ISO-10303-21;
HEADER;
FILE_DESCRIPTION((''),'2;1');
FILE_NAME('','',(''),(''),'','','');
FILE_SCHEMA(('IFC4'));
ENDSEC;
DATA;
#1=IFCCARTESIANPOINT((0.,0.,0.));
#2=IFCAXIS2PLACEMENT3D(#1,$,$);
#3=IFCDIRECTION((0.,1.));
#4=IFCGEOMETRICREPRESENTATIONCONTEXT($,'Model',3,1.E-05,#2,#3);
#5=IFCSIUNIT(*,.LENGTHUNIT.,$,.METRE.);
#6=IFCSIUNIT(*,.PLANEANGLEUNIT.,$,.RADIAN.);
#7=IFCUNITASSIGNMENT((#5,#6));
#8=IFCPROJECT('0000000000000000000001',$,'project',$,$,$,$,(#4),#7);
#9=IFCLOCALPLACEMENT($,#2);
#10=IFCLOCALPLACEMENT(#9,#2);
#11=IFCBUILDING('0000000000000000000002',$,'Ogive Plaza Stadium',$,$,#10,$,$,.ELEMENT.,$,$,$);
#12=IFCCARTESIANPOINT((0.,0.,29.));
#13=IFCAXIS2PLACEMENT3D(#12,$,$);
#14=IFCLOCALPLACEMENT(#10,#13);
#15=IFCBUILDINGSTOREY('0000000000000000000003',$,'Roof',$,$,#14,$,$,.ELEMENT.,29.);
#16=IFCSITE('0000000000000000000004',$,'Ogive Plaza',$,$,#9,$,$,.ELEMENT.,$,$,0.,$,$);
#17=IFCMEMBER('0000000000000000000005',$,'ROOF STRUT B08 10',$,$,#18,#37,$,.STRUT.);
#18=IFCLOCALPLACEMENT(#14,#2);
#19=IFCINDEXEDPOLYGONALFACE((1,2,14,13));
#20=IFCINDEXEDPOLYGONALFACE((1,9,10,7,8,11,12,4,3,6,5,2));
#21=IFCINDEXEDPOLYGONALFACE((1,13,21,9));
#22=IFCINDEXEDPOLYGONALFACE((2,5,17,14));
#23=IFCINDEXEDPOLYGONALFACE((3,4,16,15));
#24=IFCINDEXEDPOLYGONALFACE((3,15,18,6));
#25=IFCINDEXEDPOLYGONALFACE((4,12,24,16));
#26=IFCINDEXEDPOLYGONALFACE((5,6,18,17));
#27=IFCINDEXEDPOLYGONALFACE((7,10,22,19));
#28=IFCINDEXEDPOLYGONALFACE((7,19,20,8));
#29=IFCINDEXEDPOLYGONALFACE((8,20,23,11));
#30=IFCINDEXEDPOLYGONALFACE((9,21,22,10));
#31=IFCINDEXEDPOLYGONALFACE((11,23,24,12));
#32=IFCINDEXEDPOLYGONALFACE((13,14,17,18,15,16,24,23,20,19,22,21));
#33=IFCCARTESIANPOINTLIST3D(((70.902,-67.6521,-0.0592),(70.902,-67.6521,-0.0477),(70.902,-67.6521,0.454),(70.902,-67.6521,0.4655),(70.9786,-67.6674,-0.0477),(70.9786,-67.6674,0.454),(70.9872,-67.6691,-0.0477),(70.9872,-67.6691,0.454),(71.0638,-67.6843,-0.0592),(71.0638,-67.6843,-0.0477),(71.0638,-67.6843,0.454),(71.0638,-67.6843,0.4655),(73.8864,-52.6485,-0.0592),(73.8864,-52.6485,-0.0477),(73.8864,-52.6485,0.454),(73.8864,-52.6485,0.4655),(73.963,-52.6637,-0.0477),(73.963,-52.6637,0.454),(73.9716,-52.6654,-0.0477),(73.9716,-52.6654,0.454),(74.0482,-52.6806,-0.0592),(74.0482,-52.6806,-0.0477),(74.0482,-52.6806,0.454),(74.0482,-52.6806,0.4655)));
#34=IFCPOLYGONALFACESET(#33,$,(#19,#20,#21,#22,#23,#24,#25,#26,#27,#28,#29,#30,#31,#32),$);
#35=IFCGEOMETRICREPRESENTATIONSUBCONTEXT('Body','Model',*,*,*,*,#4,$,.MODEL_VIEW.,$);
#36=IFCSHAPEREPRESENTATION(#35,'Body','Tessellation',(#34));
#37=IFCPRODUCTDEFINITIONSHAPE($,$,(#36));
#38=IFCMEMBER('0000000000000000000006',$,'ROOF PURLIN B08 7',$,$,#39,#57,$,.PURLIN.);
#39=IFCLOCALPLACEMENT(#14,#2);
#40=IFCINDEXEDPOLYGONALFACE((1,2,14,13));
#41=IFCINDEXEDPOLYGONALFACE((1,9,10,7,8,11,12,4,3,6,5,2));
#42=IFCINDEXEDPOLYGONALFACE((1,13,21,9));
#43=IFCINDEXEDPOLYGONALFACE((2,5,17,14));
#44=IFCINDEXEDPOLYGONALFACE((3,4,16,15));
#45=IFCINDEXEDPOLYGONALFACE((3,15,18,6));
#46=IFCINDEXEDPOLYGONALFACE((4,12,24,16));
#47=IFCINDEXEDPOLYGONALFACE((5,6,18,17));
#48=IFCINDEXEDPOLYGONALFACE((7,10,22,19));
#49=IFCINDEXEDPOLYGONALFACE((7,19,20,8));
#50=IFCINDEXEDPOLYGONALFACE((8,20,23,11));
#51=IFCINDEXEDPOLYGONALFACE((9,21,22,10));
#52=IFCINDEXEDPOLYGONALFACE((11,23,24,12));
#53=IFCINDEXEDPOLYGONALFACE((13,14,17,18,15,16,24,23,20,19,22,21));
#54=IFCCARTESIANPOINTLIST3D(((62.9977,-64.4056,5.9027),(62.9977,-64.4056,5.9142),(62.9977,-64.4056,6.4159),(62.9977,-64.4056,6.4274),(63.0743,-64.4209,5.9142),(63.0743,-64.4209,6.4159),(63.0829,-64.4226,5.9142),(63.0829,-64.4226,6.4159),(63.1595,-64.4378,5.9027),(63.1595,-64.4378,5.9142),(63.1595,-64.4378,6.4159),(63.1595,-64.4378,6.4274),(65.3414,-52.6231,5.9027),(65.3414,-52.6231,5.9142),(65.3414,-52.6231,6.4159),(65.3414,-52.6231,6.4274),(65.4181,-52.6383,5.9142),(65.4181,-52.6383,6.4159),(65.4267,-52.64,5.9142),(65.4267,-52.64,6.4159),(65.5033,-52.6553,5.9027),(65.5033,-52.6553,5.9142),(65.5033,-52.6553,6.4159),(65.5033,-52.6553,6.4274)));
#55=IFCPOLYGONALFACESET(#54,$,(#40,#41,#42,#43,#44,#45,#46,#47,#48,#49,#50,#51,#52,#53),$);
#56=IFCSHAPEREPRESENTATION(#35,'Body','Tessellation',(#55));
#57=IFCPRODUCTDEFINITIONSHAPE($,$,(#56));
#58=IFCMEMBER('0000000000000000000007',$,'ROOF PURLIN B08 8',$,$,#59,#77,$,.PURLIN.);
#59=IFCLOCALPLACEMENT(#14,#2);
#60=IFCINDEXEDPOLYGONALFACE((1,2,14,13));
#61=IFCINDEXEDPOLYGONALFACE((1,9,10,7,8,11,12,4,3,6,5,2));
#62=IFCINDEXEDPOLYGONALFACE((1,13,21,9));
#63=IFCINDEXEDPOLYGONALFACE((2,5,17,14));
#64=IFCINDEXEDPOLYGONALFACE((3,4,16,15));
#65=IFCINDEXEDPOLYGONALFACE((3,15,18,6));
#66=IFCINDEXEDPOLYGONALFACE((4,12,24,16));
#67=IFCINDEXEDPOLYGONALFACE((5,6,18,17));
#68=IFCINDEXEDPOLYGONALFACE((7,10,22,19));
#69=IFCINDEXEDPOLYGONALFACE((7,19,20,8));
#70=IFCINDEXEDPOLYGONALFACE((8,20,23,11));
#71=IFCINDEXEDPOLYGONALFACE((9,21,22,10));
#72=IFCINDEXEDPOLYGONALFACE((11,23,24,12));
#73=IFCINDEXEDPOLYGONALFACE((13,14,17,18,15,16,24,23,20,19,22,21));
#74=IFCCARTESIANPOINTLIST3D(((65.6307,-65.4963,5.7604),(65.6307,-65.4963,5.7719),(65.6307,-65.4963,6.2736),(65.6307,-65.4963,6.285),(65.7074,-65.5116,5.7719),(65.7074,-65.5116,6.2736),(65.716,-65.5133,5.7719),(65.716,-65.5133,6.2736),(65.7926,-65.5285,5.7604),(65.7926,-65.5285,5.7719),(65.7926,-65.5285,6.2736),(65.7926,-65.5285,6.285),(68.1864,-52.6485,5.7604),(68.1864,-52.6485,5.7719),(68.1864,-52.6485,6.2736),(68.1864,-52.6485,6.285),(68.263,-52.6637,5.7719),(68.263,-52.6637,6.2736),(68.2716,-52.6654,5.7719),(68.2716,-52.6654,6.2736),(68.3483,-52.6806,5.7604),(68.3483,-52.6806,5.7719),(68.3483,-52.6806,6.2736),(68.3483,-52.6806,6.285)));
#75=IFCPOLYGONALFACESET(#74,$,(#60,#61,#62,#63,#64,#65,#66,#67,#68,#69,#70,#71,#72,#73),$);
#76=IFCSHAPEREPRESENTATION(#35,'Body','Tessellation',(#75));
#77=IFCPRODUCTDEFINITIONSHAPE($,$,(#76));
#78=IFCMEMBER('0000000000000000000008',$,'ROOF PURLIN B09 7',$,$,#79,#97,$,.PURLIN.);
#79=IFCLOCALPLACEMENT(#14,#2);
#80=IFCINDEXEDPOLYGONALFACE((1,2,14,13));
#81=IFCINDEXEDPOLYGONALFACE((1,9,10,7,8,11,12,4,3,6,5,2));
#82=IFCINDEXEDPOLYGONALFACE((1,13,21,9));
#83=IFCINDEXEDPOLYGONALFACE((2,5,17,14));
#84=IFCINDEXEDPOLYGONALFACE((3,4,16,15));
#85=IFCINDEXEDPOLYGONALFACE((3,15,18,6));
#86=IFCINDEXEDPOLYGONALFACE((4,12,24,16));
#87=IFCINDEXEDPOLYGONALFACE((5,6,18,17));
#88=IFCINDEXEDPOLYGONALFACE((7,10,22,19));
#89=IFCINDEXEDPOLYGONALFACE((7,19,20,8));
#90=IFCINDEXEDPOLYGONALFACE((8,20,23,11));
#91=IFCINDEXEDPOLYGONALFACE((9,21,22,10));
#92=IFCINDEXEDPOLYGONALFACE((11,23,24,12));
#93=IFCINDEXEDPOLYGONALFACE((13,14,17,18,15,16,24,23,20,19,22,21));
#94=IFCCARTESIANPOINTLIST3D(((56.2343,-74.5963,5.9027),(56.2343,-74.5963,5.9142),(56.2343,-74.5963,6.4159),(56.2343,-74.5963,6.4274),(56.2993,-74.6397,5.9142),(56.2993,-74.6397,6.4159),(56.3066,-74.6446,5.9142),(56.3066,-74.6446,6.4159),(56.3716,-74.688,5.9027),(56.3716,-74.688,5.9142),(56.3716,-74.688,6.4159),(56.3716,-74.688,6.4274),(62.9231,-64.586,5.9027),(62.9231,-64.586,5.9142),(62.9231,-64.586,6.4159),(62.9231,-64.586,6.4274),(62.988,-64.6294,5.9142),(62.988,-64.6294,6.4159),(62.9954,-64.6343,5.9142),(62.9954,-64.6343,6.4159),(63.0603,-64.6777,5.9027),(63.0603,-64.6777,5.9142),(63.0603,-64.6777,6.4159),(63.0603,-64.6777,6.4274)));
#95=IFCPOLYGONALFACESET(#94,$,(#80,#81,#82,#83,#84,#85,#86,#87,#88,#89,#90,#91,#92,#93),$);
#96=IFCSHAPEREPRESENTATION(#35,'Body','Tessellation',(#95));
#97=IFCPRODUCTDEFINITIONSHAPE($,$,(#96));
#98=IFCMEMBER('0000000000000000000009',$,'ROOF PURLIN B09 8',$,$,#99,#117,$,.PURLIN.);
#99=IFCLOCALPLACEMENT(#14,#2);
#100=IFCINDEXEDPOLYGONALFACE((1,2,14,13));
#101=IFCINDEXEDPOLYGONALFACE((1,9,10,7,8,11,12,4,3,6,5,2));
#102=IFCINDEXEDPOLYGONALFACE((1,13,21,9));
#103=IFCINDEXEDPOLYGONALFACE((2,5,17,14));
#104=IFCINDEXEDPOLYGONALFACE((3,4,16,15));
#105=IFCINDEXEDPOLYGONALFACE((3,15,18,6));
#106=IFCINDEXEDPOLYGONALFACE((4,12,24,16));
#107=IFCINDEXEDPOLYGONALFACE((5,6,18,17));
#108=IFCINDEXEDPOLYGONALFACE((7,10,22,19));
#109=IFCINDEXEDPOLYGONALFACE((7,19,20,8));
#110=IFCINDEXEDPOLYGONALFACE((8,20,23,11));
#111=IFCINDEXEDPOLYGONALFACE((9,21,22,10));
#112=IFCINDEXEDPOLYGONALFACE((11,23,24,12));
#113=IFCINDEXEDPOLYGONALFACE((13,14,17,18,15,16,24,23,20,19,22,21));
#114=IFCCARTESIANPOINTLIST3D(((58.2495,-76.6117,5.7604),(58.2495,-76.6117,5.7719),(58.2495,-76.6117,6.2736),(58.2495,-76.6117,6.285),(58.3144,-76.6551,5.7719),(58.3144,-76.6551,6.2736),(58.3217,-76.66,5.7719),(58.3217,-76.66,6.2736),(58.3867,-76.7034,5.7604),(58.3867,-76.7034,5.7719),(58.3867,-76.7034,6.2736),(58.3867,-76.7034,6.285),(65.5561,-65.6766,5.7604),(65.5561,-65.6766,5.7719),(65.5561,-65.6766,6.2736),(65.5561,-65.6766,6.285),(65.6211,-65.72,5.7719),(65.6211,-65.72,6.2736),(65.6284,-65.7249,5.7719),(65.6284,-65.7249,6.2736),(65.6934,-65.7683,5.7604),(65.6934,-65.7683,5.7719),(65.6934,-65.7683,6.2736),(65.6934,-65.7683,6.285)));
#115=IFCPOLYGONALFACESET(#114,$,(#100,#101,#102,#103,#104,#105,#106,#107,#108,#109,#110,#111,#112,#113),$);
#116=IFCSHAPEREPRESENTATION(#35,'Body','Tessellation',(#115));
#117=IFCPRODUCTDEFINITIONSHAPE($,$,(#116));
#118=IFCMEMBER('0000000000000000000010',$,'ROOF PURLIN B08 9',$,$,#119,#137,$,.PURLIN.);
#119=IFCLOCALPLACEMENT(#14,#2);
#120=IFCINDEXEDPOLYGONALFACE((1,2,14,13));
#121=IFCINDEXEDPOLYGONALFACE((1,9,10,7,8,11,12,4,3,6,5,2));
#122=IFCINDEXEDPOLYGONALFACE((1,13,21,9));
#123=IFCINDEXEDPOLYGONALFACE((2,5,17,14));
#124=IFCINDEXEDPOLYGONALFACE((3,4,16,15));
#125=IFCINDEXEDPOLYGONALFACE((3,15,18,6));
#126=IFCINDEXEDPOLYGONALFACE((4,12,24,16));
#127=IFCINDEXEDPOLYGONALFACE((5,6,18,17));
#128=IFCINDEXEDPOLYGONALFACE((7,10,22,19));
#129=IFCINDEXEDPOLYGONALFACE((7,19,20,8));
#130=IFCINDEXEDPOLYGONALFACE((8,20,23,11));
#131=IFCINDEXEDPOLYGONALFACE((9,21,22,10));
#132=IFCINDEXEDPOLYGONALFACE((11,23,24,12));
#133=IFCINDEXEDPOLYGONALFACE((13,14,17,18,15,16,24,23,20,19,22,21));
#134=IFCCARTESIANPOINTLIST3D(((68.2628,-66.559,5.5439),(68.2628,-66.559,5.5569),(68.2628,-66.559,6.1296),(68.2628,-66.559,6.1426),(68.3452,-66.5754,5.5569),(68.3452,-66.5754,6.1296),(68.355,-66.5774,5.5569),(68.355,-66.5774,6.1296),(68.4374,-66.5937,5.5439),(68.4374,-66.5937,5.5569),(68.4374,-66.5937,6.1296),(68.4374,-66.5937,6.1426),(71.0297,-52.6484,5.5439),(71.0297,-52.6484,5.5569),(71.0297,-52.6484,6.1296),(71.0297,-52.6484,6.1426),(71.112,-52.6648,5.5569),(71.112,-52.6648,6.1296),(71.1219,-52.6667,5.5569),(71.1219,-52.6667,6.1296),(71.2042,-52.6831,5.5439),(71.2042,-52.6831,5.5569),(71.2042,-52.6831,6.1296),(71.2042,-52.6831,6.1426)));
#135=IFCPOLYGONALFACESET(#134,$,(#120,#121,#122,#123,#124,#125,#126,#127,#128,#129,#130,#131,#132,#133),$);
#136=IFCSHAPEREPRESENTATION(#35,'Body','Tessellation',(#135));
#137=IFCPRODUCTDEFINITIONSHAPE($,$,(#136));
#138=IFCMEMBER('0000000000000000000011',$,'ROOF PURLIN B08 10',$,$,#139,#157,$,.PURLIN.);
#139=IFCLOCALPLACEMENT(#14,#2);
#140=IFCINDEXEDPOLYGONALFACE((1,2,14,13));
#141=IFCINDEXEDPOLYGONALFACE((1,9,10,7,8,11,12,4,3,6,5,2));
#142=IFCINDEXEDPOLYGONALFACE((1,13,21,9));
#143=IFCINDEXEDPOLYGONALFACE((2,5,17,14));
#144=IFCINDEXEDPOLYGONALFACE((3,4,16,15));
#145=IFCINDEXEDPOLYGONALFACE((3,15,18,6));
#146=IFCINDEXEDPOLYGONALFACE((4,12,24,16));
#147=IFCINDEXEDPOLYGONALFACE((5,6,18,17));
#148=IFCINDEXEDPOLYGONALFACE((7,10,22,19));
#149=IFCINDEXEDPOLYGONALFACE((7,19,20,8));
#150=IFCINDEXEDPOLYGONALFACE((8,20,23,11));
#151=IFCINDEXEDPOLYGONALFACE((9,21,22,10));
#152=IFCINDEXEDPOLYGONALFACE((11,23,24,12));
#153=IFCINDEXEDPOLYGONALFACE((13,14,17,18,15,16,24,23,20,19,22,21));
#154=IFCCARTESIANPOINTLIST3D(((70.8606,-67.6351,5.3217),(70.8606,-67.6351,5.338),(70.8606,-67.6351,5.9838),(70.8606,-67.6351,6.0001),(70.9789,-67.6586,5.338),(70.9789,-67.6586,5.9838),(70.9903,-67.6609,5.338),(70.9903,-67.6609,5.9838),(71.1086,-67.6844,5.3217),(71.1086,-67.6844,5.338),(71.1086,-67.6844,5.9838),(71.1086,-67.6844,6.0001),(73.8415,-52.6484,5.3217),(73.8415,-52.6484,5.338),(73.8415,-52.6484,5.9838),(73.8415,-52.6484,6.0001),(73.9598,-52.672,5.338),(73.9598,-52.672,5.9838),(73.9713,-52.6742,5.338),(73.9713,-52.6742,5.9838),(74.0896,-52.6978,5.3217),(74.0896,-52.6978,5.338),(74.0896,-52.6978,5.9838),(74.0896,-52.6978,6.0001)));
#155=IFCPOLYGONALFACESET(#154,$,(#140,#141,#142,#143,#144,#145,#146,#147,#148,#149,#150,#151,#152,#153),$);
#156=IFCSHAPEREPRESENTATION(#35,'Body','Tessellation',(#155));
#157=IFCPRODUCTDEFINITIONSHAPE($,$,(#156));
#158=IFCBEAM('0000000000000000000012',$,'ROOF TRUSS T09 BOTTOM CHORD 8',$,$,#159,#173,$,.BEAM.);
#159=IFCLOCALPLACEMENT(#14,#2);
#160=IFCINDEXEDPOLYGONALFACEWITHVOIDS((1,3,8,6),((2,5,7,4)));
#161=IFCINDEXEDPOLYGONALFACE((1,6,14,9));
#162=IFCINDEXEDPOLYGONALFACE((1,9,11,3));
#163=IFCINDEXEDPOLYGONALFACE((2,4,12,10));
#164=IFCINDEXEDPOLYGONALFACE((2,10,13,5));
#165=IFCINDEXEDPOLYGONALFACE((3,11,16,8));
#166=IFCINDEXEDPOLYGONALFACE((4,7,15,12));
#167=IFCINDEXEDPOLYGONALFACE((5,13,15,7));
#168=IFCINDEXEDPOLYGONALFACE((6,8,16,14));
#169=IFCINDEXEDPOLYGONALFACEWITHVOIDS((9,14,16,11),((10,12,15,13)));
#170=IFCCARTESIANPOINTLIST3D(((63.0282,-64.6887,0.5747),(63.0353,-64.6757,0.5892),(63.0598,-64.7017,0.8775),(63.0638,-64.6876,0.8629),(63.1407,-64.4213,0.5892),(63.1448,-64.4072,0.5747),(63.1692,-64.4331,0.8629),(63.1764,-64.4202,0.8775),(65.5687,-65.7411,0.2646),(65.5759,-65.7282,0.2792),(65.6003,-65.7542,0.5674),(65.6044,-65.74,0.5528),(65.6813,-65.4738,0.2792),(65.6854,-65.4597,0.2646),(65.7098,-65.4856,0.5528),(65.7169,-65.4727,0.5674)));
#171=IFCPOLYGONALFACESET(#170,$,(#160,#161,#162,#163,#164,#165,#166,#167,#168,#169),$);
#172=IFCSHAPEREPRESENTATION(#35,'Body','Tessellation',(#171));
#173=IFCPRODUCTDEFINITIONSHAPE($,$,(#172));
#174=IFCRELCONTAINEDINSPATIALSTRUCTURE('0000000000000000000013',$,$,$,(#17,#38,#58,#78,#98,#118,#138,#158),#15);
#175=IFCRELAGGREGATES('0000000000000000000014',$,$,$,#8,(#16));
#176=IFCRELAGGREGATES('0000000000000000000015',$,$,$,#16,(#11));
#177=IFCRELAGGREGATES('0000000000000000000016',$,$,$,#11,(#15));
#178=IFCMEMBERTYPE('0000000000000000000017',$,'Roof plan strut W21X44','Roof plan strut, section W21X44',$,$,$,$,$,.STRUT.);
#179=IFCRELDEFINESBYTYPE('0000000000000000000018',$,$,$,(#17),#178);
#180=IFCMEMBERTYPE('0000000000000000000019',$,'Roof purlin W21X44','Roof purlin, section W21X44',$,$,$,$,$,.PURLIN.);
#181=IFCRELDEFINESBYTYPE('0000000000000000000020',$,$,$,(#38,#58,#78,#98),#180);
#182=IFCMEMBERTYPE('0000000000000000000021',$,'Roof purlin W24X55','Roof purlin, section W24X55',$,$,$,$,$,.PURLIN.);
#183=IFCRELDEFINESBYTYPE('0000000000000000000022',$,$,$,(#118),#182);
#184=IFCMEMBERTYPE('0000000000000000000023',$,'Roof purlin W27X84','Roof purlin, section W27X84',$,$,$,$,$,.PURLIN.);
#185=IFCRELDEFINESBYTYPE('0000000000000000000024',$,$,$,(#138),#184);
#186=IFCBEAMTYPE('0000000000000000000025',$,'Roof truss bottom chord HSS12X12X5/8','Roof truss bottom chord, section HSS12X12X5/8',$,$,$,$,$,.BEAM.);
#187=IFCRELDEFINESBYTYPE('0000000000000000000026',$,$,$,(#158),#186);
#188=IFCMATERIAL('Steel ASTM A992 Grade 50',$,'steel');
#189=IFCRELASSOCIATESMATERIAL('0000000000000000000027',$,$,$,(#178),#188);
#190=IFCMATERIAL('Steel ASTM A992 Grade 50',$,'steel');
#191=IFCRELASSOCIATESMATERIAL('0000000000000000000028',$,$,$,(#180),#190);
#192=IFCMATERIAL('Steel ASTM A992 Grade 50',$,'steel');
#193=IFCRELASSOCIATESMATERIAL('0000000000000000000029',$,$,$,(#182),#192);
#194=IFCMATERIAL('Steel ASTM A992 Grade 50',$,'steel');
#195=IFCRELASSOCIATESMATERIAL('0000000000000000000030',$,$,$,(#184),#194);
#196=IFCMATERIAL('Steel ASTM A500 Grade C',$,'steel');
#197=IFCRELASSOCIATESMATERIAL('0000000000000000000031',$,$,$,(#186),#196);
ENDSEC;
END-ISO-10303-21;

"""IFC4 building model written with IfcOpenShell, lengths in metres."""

from ifc_helpers import new_model, si_unit, direction, frame, origin, origin_2d, place, context, subcontext, project, spatial, hollow_rectangle, i_section, extrude, material, material_profile, profile_set, type_object, element, save


model = new_model("IFC4")

# Units and contexts
model_context = context("Model", 3, precision=1e-05, world=origin(), true_north=direction((0.0, 1.0)))
body_context = subcontext(model_context, "Body", "Model", "MODEL_VIEW")
ifc_project = project(units=[si_unit("LENGTHUNIT", "METRE"), si_unit("PLANEANGLEUNIT", "RADIAN")], contexts=[model_context])

# Site, building, storey
site_placement = place(None, origin())
site = spatial("IfcSite", under=ifc_project, at=site_placement, Name="Ogive Plaza", CompositionType="ELEMENT", RefElevation=0.0)
building_placement = place(site_placement, origin())
building = spatial("IfcBuilding", under=site, at=building_placement, Name="Ogive Plaza Stadium", CompositionType="ELEMENT")
storey_placement = place(building_placement, frame((0.0, 0.0, 29.0)))
storey = spatial("IfcBuildingStorey", under=building, at=storey_placement, Name="Roof", CompositionType="ELEMENT", Elevation=29.0)

# Members
ifc_material_1 = material(Name="Steel ASTM A992 Grade 50", Category="steel")
ifc_material_profile_1 = material_profile(ifc_material_1, i_section(OverallWidth=0.165, OverallDepth=0.5247, WebThickness=0.0088, FlangeThickness=0.0115, at=origin_2d()), Name="W21X44")
ifc_profile_set_1 = profile_set([ifc_material_profile_1], Name="Steel ASTM A992 Grade 50")
member_type_1 = type_object("IfcMemberType", Name="Roof plan strut W21X44", Description="Roof plan strut, section W21X44", PredefinedType="STRUT", material=ifc_profile_set_1)
member_1_placement = place(storey_placement, frame((73.9673, -52.6646, 0.2031), z_axis=(-0.195088, -0.980786, 0.0), x_axis=(0.980786, -0.195088, 0.0)))
element("IfcMember", 1, at=member_1_placement, inside=storey, type_object=member_type_1, Name="ROOF STRUT B08 10", PredefinedType="STRUT", context=body_context, shape_type="SweptSolid", body=[
    extrude(i_section(OverallWidth=0.165, OverallDepth=0.5247, WebThickness=0.0088, FlangeThickness=0.0115, at=origin_2d()), origin(), (0.0, 0.0, 1.0), 15.2976),
])
ifc_material_2 = material(Name="Steel ASTM A992 Grade 50", Category="steel")
ifc_material_profile_2 = material_profile(ifc_material_2, i_section(OverallWidth=0.165, OverallDepth=0.5247, WebThickness=0.0088, FlangeThickness=0.0115, at=origin_2d()), Name="W21X44")
ifc_profile_set_2 = profile_set([ifc_material_profile_2], Name="Steel ASTM A992 Grade 50")
member_type_2 = type_object("IfcMemberType", Name="Roof purlin W21X44", Description="Roof purlin, section W21X44", PredefinedType="PURLIN", material=ifc_profile_set_2)
member_2_placement = place(storey_placement, frame((65.4224, -52.6392, 6.165), z_axis=(-0.195096, -0.980784, 0.0), x_axis=(0.980784, -0.195096, 0.0)))
element("IfcMember", 2, at=member_2_placement, inside=storey, type_object=member_type_2, Name="ROOF PURLIN B08 7", PredefinedType="PURLIN", context=body_context, shape_type="SweptSolid", body=[
    extrude(i_section(OverallWidth=0.165, OverallDepth=0.5247, WebThickness=0.0088, FlangeThickness=0.0115, at=origin_2d()), origin(), (0.0, 0.0, 1.0), 12.0134),
])
member_3_placement = place(storey_placement, frame((68.2673, -52.6646, 6.0227), z_axis=(-0.195095, -0.980784, 0.0), x_axis=(0.980784, -0.195095, 0.0)))
element("IfcMember", 3, at=member_3_placement, inside=storey, type_object=member_type_2, Name="ROOF PURLIN B08 8", PredefinedType="PURLIN", context=body_context, shape_type="SweptSolid", body=[
    extrude(i_section(OverallWidth=0.165, OverallDepth=0.5247, WebThickness=0.0088, FlangeThickness=0.0115, at=origin_2d()), origin(), (0.0, 0.0, 1.0), 13.0996),
])
member_4_placement = place(storey_placement, frame((62.9917, -64.6318, 6.165), z_axis=(-0.555575, -0.831466, 0.0), x_axis=(0.831466, -0.555575, 0.0)))
element("IfcMember", 4, at=member_4_placement, inside=storey, type_object=member_type_2, Name="ROOF PURLIN B09 7", PredefinedType="PURLIN", context=body_context, shape_type="SweptSolid", body=[
    extrude(i_section(OverallWidth=0.165, OverallDepth=0.5247, WebThickness=0.0088, FlangeThickness=0.0115, at=origin_2d()), origin(), (0.0, 0.0, 1.0), 12.0393),
])
member_5_placement = place(storey_placement, frame((65.6248, -65.7224, 6.0227), z_axis=(-0.555574, -0.831467, 0.0), x_axis=(0.831467, -0.555574, 0.0)))
element("IfcMember", 5, at=member_5_placement, inside=storey, type_object=member_type_2, Name="ROOF PURLIN B09 8", PredefinedType="PURLIN", context=body_context, shape_type="SweptSolid", body=[
    extrude(i_section(OverallWidth=0.165, OverallDepth=0.5247, WebThickness=0.0088, FlangeThickness=0.0115, at=origin_2d()), origin(), (0.0, 0.0, 1.0), 13.1516),
])
ifc_material_3 = material(Name="Steel ASTM A992 Grade 50", Category="steel")
ifc_material_profile_3 = material_profile(ifc_material_3, i_section(OverallWidth=0.178, OverallDepth=0.5986, WebThickness=0.01, FlangeThickness=0.0129, at=origin_2d()), Name="W24X55")
ifc_profile_set_3 = profile_set([ifc_material_profile_3], Name="Steel ASTM A992 Grade 50")
member_type_3 = type_object("IfcMemberType", Name="Roof purlin W24X55", Description="Roof purlin, section W24X55", PredefinedType="PURLIN", material=ifc_profile_set_3)
member_6_placement = place(storey_placement, frame((71.1169, -52.6658, 5.8433), z_axis=(-0.19508, -0.980787, 0.0), x_axis=(0.980787, -0.19508, 0.0)))
element("IfcMember", 6, at=member_6_placement, inside=storey, type_object=member_type_3, Name="ROOF PURLIN B08 9", PredefinedType="PURLIN", context=body_context, shape_type="SweptSolid", body=[
    extrude(i_section(OverallWidth=0.178, OverallDepth=0.5986, WebThickness=0.01, FlangeThickness=0.0129, at=origin_2d()), origin(), (0.0, 0.0, 1.0), 14.1831),
])
ifc_material_4 = material(Name="Steel ASTM A992 Grade 50", Category="steel")
ifc_material_profile_4 = material_profile(ifc_material_4, i_section(OverallWidth=0.2529, OverallDepth=0.6785, WebThickness=0.0117, FlangeThickness=0.0164, at=origin_2d()), Name="W27X84")
ifc_profile_set_4 = profile_set([ifc_material_profile_4], Name="Steel ASTM A992 Grade 50")
member_type_4 = type_object("IfcMemberType", Name="Roof purlin W27X84", Description="Roof purlin, section W27X84", PredefinedType="PURLIN", material=ifc_profile_set_4)
member_7_placement = place(storey_placement, frame((73.9656, -52.6731, 5.6609), z_axis=(-0.195087, -0.980786, 0.0), x_axis=(0.980786, -0.195087, 0.0)))
element("IfcMember", 7, at=member_7_placement, inside=storey, type_object=member_type_4, Name="ROOF PURLIN B08 10", PredefinedType="PURLIN", context=body_context, shape_type="SweptSolid", body=[
    extrude(i_section(OverallWidth=0.2529, OverallDepth=0.6785, WebThickness=0.0117, FlangeThickness=0.0164, at=origin_2d()), origin(), (0.0, 0.0, 1.0), 15.2803),
])

# Beam
ifc_material_5 = material(Name="Steel ASTM A500 Grade C", Category="steel")
ifc_material_profile_5 = material_profile(ifc_material_5, hollow_rectangle(XDim=0.3047, YDim=0.3047, WallThickness=0.0146, at=origin_2d()), Name="HSS12X12X5/8")
ifc_profile_set_5 = profile_set([ifc_material_profile_5], Name="Steel ASTM A500 Grade C")
beam_type_1 = type_object("IfcBeamType", Name="Roof truss bottom chord HSS12X12X5/8", Description="Roof truss bottom chord, section HSS12X12X5/8", PredefinedType="BEAM", material=ifc_profile_set_5)
beam_1_placement = place(storey_placement, frame((63.1023, -64.5544, 0.7261), z_axis=(0.918041, -0.380326, -0.112042), x_axis=(0.382736, 0.923858, 0.0)))
element("IfcBeam", 8, at=beam_1_placement, inside=storey, type_object=beam_type_1, Name="ROOF TRUSS T09 BOTTOM CHORD 8", PredefinedType="BEAM", context=body_context, shape_type="SweptSolid", body=[
    extrude(hollow_rectangle(XDim=0.3047, YDim=0.3047, WallThickness=0.0146, at=origin_2d()), origin(), (0.0, 0.0, 1.0), 2.7673),
])

save(model, "model.ifc")
